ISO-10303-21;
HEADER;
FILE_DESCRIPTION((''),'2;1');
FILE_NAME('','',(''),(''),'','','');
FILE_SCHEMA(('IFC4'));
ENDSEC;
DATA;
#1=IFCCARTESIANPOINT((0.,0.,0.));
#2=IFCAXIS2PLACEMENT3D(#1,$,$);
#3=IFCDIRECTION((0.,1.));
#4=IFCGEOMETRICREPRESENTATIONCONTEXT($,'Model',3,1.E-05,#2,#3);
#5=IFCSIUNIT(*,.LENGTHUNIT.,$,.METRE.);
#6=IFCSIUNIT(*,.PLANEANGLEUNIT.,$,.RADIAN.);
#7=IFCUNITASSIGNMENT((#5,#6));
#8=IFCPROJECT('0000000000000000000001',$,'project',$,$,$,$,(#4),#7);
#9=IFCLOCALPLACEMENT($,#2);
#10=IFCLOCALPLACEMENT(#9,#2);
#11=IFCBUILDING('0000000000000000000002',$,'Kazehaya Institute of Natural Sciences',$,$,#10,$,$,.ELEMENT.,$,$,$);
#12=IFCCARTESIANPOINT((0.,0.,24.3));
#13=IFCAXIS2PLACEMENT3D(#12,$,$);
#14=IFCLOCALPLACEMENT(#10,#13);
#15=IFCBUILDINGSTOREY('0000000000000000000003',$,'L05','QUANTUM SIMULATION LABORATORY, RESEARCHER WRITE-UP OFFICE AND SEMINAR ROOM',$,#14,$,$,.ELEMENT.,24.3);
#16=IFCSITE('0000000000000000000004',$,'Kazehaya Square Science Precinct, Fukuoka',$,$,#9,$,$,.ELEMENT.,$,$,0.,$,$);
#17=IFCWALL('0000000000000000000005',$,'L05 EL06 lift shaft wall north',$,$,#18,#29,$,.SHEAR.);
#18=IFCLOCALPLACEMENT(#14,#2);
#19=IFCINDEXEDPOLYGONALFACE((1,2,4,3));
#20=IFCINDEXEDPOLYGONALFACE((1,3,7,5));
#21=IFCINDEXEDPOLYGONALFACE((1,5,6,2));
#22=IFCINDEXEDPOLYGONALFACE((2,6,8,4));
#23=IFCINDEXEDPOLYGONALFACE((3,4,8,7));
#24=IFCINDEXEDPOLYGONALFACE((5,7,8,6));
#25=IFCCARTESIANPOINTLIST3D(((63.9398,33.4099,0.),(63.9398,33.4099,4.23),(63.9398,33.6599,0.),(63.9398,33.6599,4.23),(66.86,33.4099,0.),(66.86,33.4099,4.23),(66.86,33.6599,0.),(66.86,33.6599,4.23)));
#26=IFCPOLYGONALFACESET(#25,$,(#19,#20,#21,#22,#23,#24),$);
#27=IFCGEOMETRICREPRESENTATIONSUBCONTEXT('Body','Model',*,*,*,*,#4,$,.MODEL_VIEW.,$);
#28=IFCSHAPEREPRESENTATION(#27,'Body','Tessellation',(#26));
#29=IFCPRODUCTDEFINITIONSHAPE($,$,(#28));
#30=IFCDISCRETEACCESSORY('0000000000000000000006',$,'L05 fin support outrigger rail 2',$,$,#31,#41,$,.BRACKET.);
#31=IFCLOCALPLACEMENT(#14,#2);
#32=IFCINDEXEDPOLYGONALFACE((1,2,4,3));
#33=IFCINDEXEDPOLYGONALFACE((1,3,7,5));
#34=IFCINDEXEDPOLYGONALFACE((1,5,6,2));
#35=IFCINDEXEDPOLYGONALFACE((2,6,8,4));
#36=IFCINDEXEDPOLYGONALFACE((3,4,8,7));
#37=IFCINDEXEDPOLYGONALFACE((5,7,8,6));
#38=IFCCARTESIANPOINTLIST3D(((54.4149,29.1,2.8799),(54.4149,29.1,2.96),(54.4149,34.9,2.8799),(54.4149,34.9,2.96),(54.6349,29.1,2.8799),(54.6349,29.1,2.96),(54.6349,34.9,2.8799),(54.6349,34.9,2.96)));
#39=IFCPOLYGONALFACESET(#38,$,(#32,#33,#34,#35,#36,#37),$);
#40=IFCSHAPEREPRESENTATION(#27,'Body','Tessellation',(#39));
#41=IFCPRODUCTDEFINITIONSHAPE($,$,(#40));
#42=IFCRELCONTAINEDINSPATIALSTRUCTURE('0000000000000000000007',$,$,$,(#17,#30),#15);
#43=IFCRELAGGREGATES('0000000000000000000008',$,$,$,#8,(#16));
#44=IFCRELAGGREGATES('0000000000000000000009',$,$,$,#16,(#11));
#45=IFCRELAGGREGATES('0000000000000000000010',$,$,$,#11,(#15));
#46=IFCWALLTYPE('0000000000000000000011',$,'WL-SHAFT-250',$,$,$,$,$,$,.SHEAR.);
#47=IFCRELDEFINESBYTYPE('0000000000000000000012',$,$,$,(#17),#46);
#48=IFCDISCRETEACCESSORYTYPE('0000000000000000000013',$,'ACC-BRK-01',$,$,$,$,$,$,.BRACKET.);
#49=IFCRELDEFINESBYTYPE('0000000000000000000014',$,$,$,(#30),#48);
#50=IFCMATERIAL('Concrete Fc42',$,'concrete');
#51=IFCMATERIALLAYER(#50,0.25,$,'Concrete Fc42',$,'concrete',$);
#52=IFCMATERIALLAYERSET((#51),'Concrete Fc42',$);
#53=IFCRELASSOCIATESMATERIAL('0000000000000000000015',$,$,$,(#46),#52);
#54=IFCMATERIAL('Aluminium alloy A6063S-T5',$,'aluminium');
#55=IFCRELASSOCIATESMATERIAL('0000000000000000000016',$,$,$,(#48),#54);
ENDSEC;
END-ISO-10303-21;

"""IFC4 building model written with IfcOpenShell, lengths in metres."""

from ifc_helpers import new_model, si_unit, direction, frame, frame_2d, origin, origin_2d, place, context, subcontext, project, spatial, rectangle, extrude, material, layer, layer_set, type_object, element, save


model = new_model("IFC4")

# Units and contexts
model_context = context("Model", 3, precision=1e-05, world=origin(), true_north=direction((0.0, 1.0)))
body_context = subcontext(model_context, "Body", "Model", "MODEL_VIEW")
ifc_project = project(units=[si_unit("LENGTHUNIT", "METRE"), si_unit("PLANEANGLEUNIT", "RADIAN")], contexts=[model_context])

# Site, building, storey
site_placement = place(None, origin())
site = spatial("IfcSite", under=ifc_project, at=site_placement, Name="Kazehaya Square Science Precinct, Fukuoka", CompositionType="ELEMENT", RefElevation=0.0)
building_placement = place(site_placement, origin())
building = spatial("IfcBuilding", under=site, at=building_placement, Name="Kazehaya Institute of Natural Sciences", CompositionType="ELEMENT")
storey_placement = place(building_placement, frame((0.0, 0.0, 24.3)))
storey = spatial("IfcBuildingStorey", under=building, at=storey_placement, Name="L05", Description="QUANTUM SIMULATION LABORATORY, RESEARCHER WRITE-UP OFFICE AND SEMINAR ROOM", CompositionType="ELEMENT", Elevation=24.3)

# Shared definitions
ifc_material_1 = material(Name="Concrete Fc42", Category="concrete")

# Shared definitions
ifc_material_2 = material(Name="Aluminium alloy A6063S-T5", Category="aluminium")

# Wall
ifc_layer_1 = layer(ifc_material_1, 0.25, Name="Concrete Fc42", Category="concrete")
ifc_layer_set_1 = layer_set([ifc_layer_1], Name="Concrete Fc42")
wall_type = type_object("IfcWallType", Name="WL-SHAFT-250", PredefinedType="SHEAR", material=ifc_layer_set_1)
wall_placement = place(storey_placement, frame((63.9399, 33.5349, 0.0), z_axis=(0.0, 0.0, 1.0), x_axis=(1.0, 0.0, 0.0)))
element("IfcWall", 1, at=wall_placement, inside=storey, type_object=wall_type, Name="L05 EL06 lift shaft wall north", PredefinedType="SHEAR", context=body_context, shape_type="SweptSolid", body=[
    extrude(rectangle(XDim=2.9202, YDim=0.25, at=frame_2d((1.46, 0.0))), origin(), (0.0, 0.0, 1.0), 4.23),
])

# Discrete accessory
discrete_accessory_type = type_object("IfcDiscreteAccessoryType", Name="ACC-BRK-01", PredefinedType="BRACKET", material=ifc_material_2)
discrete_accessory_placement = place(storey_placement, frame((54.5249, 32.0, 2.8799), z_axis=(0.0, 0.0, 1.0), x_axis=(0.0, 1.0, 0.0)))
element("IfcDiscreteAccessory", 2, at=discrete_accessory_placement, inside=storey, type_object=discrete_accessory_type, Name="L05 fin support outrigger rail 2", PredefinedType="BRACKET", context=body_context, shape_type="SweptSolid", body=[
    extrude(rectangle(XDim=5.8, YDim=0.22, at=origin_2d()), origin(), (0.0, 0.0, 1.0), 0.0801),
])

save(model, "model.ifc")
